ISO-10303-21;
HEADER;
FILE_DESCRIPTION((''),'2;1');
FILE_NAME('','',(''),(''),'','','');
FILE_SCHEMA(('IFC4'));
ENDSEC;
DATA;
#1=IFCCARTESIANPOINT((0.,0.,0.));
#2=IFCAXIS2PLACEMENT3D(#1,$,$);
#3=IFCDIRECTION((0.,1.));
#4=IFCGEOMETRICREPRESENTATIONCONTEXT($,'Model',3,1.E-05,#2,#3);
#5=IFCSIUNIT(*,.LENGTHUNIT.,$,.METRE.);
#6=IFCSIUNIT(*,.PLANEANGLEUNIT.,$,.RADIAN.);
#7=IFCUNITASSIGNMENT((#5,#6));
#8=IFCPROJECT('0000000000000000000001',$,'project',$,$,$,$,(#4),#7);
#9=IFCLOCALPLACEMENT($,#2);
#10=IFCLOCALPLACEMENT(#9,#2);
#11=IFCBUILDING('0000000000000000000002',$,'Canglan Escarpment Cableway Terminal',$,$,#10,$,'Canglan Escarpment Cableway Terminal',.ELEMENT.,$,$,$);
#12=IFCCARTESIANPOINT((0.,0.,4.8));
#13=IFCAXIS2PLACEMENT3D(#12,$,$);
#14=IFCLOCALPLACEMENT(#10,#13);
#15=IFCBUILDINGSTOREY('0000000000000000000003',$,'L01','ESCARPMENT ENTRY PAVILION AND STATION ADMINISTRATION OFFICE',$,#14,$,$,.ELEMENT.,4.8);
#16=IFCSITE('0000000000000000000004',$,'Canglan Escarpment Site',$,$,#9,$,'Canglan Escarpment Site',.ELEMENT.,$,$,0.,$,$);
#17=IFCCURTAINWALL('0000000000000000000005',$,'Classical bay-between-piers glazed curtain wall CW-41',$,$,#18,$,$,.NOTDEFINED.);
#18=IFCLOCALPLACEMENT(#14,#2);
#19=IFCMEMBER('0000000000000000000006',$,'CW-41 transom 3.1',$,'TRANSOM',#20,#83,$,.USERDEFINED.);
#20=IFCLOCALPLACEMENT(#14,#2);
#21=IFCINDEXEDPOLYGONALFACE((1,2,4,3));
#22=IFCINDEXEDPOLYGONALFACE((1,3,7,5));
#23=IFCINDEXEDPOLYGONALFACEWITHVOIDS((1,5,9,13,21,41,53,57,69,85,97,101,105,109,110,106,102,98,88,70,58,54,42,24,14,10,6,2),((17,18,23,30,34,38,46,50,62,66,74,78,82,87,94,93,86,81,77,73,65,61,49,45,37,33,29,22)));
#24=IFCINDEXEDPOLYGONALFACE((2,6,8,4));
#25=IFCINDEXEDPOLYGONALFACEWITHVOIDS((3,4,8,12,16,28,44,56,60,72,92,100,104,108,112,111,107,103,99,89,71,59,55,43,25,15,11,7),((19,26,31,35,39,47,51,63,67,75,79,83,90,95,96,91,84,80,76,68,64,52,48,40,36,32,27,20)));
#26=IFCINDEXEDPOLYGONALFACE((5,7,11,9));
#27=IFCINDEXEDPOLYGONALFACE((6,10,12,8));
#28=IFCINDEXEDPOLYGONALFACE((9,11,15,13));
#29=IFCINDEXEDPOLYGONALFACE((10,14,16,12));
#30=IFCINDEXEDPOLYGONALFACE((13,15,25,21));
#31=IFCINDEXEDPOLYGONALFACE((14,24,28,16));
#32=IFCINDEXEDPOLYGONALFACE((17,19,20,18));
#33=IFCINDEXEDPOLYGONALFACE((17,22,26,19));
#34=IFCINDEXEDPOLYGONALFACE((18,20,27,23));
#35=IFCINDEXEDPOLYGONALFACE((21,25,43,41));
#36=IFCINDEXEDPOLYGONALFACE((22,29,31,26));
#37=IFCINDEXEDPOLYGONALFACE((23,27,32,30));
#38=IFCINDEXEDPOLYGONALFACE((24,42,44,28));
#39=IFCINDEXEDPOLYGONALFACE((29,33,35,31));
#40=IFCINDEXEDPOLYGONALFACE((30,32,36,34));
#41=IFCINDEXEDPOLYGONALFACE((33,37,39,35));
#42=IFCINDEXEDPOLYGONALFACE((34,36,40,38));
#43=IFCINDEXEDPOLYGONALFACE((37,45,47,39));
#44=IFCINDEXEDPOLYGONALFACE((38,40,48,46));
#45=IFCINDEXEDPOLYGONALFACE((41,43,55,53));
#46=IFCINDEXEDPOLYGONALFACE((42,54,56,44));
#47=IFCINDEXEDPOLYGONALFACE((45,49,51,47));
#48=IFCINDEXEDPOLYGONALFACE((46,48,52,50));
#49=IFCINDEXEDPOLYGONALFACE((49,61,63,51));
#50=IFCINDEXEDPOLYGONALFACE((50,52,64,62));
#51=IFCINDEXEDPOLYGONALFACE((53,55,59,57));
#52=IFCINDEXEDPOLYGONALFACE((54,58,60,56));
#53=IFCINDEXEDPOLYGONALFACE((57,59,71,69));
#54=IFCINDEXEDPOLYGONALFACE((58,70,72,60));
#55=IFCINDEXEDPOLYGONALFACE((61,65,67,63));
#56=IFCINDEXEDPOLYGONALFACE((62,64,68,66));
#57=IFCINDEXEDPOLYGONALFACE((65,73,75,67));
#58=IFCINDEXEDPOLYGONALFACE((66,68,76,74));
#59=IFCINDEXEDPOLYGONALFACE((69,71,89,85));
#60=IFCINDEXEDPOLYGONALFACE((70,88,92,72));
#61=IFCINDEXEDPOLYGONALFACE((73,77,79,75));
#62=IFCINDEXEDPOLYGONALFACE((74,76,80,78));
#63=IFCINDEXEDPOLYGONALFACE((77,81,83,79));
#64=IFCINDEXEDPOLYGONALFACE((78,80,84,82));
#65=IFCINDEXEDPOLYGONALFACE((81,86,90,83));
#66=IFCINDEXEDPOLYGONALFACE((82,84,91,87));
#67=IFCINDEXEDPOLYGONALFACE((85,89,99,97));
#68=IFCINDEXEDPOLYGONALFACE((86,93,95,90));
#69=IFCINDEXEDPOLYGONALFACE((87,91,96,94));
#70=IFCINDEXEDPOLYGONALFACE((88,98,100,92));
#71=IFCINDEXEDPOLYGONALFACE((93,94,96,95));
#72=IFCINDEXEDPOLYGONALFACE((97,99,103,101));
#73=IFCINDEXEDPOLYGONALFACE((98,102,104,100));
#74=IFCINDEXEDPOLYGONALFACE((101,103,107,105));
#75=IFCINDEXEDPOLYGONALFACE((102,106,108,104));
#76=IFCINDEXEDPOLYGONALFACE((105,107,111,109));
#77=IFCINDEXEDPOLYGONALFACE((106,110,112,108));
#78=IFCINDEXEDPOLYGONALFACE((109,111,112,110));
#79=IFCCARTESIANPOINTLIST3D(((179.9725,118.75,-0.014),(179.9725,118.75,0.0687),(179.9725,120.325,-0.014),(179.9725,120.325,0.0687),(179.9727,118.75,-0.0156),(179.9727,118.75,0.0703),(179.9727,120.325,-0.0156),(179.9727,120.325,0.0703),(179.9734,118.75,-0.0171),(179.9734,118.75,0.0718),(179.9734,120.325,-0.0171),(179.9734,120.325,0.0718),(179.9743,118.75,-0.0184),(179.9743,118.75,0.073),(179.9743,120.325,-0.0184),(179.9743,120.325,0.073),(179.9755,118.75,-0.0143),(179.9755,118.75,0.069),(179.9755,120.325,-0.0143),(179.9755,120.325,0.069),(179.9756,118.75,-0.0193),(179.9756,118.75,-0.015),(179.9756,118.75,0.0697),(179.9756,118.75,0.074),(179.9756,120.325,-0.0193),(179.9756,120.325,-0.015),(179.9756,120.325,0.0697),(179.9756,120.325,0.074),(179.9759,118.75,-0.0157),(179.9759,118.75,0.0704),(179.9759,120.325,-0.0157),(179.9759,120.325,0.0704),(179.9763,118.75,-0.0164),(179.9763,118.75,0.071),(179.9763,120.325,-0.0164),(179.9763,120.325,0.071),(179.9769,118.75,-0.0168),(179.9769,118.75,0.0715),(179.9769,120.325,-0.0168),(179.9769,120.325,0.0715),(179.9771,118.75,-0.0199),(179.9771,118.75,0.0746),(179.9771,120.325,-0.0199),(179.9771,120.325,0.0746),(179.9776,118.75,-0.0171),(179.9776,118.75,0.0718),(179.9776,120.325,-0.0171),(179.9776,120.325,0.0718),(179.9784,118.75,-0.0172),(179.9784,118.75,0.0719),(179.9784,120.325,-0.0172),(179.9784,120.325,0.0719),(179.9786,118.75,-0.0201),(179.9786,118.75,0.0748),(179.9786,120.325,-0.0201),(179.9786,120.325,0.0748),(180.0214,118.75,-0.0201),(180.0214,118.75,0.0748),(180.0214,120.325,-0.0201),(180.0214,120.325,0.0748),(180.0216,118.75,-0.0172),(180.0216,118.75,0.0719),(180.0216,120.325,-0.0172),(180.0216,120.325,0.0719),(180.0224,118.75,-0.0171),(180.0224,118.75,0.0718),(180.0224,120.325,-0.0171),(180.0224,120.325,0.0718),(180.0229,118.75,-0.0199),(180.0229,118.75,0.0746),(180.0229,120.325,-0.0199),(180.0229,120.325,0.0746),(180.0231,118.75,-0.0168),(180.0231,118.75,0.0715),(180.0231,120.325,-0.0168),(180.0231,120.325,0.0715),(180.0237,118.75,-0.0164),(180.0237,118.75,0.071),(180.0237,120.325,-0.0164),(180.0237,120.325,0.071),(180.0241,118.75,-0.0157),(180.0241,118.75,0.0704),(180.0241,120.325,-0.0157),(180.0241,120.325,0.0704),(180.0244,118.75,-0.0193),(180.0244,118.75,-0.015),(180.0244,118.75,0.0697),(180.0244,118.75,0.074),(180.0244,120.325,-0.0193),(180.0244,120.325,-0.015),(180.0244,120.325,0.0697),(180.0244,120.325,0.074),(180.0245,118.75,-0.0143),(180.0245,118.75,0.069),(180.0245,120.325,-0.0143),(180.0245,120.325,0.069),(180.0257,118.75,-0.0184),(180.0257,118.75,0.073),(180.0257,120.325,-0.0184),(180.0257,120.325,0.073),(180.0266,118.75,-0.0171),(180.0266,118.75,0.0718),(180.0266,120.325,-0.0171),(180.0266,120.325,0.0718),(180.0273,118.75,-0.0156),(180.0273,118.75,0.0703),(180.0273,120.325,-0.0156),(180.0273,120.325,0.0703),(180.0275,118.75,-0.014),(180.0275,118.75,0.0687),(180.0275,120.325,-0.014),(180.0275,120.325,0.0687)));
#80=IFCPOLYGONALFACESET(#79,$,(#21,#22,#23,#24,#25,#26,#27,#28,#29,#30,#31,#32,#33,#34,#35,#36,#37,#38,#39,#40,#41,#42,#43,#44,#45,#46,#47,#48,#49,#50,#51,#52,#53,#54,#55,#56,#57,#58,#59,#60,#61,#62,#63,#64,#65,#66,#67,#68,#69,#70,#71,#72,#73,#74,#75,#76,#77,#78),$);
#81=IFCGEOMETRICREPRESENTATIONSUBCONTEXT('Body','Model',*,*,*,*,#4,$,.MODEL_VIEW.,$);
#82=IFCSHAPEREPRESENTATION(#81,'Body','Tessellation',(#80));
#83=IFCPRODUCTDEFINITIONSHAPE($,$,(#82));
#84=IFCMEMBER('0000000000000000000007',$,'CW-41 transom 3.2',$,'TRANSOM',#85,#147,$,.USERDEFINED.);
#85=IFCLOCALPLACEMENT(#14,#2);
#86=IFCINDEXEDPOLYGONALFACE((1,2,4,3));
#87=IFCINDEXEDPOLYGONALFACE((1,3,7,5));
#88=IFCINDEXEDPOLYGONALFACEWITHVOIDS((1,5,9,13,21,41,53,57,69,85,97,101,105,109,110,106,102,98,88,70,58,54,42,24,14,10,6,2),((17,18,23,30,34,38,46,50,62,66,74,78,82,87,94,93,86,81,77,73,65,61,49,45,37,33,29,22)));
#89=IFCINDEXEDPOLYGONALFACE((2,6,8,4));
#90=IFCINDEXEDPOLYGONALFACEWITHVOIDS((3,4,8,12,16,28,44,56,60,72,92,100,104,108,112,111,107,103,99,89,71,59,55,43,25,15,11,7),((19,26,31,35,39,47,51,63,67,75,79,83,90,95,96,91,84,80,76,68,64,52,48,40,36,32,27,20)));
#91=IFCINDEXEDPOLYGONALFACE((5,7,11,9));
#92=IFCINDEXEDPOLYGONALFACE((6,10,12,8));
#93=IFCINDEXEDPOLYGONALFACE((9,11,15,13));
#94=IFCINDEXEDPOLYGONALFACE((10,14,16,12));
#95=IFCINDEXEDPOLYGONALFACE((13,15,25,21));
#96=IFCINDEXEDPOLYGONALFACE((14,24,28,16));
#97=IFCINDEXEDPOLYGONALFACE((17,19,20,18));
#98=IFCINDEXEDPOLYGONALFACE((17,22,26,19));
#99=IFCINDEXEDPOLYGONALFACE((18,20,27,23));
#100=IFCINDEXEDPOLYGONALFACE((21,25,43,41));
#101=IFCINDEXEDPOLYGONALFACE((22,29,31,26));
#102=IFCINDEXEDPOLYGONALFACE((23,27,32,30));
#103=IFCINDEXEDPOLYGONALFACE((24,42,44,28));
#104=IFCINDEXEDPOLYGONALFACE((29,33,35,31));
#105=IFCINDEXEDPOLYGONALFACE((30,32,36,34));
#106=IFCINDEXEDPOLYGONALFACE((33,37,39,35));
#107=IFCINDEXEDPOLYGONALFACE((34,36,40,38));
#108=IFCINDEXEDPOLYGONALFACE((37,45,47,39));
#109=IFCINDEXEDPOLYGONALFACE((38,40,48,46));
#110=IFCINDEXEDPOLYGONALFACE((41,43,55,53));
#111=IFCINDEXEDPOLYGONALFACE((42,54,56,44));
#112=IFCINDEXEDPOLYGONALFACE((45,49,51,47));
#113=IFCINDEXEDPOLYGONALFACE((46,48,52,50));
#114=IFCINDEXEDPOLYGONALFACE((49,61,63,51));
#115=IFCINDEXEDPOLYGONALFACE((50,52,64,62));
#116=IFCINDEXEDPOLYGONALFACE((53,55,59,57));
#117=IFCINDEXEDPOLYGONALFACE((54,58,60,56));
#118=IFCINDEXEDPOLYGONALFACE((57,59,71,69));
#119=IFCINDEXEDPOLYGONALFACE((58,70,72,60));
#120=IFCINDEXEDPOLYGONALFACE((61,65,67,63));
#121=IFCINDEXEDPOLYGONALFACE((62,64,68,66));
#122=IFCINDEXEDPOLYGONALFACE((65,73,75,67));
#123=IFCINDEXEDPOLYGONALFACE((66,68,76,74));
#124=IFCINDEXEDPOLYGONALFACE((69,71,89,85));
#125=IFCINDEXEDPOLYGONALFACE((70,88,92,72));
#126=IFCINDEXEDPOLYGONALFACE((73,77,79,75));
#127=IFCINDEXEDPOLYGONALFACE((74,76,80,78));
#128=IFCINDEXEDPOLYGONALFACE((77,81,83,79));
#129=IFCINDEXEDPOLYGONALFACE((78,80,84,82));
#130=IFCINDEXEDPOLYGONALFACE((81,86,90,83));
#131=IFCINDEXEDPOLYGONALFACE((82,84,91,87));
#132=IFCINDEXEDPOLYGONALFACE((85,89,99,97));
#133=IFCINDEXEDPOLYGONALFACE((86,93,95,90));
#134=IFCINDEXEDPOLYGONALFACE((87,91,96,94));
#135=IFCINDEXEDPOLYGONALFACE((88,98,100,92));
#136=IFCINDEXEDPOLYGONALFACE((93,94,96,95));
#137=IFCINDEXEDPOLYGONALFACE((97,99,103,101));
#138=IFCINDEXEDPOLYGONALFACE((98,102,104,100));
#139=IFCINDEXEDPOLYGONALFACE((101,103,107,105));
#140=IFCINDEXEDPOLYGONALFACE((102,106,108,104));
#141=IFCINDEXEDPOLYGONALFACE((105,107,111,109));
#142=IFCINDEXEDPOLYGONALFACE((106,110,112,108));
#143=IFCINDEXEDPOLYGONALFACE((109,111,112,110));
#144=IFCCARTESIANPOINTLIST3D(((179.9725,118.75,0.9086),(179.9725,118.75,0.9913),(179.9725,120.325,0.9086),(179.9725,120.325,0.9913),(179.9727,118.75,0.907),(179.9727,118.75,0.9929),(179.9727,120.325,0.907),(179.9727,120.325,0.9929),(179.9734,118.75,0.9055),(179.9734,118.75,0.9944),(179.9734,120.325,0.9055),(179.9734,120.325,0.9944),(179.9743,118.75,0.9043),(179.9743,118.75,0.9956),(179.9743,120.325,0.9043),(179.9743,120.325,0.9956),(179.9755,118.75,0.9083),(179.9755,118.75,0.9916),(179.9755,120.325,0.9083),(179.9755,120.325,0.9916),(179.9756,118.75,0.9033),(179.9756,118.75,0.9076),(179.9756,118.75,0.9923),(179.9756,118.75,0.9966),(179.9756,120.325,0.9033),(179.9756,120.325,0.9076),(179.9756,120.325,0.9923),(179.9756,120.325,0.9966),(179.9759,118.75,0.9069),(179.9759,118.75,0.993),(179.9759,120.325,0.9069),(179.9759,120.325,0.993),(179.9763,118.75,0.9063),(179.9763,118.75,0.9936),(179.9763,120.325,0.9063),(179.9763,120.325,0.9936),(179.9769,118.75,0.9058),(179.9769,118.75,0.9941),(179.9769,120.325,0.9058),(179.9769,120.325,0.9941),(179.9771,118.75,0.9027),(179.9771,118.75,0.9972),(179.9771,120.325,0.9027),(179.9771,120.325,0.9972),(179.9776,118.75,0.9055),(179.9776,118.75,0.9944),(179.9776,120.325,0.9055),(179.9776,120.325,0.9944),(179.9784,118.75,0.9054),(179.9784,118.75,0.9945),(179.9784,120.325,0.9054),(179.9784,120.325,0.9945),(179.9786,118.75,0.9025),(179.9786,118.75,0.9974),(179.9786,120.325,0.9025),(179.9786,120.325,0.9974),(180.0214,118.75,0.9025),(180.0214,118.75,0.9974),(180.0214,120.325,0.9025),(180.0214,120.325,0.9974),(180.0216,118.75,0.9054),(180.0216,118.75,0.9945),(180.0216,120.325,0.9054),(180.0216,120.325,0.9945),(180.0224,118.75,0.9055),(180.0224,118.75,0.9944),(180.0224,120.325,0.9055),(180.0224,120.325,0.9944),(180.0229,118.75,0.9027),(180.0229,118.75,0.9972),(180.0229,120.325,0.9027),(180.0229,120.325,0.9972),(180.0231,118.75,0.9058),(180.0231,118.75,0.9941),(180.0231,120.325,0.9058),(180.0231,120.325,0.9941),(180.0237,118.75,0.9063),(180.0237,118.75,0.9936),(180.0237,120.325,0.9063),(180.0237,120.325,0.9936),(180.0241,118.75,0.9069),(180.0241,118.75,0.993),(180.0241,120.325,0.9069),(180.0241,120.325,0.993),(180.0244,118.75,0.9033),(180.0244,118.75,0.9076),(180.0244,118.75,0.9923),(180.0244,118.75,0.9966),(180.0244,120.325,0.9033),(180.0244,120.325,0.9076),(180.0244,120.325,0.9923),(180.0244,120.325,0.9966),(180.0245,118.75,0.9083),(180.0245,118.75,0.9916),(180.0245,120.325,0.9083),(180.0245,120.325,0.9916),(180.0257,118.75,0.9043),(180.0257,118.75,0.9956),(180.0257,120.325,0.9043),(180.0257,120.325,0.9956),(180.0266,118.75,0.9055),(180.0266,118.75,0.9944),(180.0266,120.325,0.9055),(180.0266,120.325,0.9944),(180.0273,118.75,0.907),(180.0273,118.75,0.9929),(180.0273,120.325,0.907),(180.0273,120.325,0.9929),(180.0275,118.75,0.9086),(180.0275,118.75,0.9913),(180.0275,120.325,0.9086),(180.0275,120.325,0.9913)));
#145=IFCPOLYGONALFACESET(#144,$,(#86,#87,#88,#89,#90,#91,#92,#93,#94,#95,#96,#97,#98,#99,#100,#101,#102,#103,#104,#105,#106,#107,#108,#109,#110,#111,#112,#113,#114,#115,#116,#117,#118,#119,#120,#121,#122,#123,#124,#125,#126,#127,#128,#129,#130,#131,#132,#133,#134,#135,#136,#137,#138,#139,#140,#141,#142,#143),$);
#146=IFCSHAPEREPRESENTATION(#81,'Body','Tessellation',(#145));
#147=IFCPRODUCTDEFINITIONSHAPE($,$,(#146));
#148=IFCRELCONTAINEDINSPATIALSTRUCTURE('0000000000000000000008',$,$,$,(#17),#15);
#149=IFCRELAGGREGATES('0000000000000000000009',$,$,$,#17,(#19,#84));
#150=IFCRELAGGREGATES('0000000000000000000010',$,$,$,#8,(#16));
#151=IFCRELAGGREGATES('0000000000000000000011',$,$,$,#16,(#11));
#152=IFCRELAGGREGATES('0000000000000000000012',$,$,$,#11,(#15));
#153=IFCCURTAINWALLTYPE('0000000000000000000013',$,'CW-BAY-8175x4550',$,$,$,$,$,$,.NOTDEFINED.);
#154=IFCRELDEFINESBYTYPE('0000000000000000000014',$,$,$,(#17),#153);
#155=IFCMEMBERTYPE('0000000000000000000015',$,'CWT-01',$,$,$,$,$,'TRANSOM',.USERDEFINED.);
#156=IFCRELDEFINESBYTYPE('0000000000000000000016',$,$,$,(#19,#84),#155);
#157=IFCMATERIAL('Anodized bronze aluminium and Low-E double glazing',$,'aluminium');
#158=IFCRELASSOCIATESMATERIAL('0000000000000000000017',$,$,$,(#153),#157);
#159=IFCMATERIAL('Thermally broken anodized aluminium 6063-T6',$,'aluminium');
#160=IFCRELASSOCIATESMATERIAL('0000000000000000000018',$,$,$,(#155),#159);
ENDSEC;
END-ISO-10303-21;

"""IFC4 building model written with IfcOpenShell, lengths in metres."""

from ifc_helpers import new_model, si_unit, direction, frame, origin, origin_2d, place, context, subcontext, project, spatial, hollow_rectangle, extrude, material, material_profile, profile_set, type_object, element, aggregate, save


model = new_model("IFC4")

# Units and contexts
model_context = context("Model", 3, precision=1e-05, world=origin(), true_north=direction((0.0, 1.0)))
body_context = subcontext(model_context, "Body", "Model", "MODEL_VIEW")
ifc_project = project(units=[si_unit("LENGTHUNIT", "METRE"), si_unit("PLANEANGLEUNIT", "RADIAN")], contexts=[model_context])

# Site, building, storey
site_placement = place(None, origin())
site = spatial("IfcSite", under=ifc_project, at=site_placement, Name="Canglan Escarpment Site", LongName="Canglan Escarpment Site", CompositionType="ELEMENT", RefElevation=0.0)
building_placement = place(site_placement, origin())
building = spatial("IfcBuilding", under=site, at=building_placement, Name="Canglan Escarpment Cableway Terminal", LongName="Canglan Escarpment Cableway Terminal", CompositionType="ELEMENT")
storey_placement = place(building_placement, frame((0.0, 0.0, 4.8)))
storey = spatial("IfcBuildingStorey", under=building, at=storey_placement, Name="L01", Description="ESCARPMENT ENTRY PAVILION AND STATION ADMINISTRATION OFFICE", CompositionType="ELEMENT", Elevation=4.8)

# Curtain wall, members
ifc_material_1 = material(Name="Anodized bronze aluminium and Low-E double glazing", Category="aluminium")
curtain_wall_type = type_object("IfcCurtainWallType", Name="CW-BAY-8175x4550", PredefinedType="NOTDEFINED", material=ifc_material_1)
curtain_wall_placement = place(storey_placement, origin())
curtain_wall = element("IfcCurtainWall", 1, at=curtain_wall_placement, inside=storey, type_object=curtain_wall_type, Name="Classical bay-between-piers glazed curtain wall CW-41", PredefinedType="NOTDEFINED")
ifc_material_2 = material(Name="Thermally broken anodized aluminium 6063-T6", Category="aluminium")
ifc_material_profile_1 = material_profile(ifc_material_2, hollow_rectangle(XDim=0.0549, YDim=0.095, WallThickness=0.0029, InnerFilletRadius=0.0029, OuterFilletRadius=0.0061, at=origin_2d()), Name="ALU-TRAN 55x95x3")
ifc_profile_set_1 = profile_set([ifc_material_profile_1], Name="Thermally broken anodized aluminium 6063-T6")
member_type_1 = type_object("IfcMemberType", Name="CWT-01", ElementType="TRANSOM", PredefinedType="USERDEFINED", material=ifc_profile_set_1)
member_1_placement = place(storey_placement, frame((180.0, 118.75, 0.0273), z_axis=(0.0, 1.0, 0.0), x_axis=(-1.0, 0.0, 0.0)))
member_1 = element("IfcMember", 2, at=member_1_placement, type_object=member_type_1, Name="CW-41 transom 3.1", ObjectType="TRANSOM", PredefinedType="USERDEFINED", context=body_context, shape_type="SweptSolid", body=[
    extrude(hollow_rectangle(XDim=0.0549, YDim=0.095, WallThickness=0.0029, InnerFilletRadius=0.0029, OuterFilletRadius=0.0061, at=origin_2d()), origin(), (0.0, 0.0, 1.0), 1.575),
])
member_2_placement = place(storey_placement, frame((180.0, 118.75, 0.95), z_axis=(0.0, 1.0, 0.0), x_axis=(-1.0, 0.0, 0.0)))
member_2 = element("IfcMember", 3, at=member_2_placement, type_object=member_type_1, Name="CW-41 transom 3.2", ObjectType="TRANSOM", PredefinedType="USERDEFINED", context=body_context, shape_type="SweptSolid", body=[
    extrude(hollow_rectangle(XDim=0.0549, YDim=0.095, WallThickness=0.0029, InnerFilletRadius=0.0029, OuterFilletRadius=0.0061, at=origin_2d()), origin(), (0.0, 0.0, 1.0), 1.575),
])
aggregate(curtain_wall, [member_1, member_2])

save(model, "model.ifc")
